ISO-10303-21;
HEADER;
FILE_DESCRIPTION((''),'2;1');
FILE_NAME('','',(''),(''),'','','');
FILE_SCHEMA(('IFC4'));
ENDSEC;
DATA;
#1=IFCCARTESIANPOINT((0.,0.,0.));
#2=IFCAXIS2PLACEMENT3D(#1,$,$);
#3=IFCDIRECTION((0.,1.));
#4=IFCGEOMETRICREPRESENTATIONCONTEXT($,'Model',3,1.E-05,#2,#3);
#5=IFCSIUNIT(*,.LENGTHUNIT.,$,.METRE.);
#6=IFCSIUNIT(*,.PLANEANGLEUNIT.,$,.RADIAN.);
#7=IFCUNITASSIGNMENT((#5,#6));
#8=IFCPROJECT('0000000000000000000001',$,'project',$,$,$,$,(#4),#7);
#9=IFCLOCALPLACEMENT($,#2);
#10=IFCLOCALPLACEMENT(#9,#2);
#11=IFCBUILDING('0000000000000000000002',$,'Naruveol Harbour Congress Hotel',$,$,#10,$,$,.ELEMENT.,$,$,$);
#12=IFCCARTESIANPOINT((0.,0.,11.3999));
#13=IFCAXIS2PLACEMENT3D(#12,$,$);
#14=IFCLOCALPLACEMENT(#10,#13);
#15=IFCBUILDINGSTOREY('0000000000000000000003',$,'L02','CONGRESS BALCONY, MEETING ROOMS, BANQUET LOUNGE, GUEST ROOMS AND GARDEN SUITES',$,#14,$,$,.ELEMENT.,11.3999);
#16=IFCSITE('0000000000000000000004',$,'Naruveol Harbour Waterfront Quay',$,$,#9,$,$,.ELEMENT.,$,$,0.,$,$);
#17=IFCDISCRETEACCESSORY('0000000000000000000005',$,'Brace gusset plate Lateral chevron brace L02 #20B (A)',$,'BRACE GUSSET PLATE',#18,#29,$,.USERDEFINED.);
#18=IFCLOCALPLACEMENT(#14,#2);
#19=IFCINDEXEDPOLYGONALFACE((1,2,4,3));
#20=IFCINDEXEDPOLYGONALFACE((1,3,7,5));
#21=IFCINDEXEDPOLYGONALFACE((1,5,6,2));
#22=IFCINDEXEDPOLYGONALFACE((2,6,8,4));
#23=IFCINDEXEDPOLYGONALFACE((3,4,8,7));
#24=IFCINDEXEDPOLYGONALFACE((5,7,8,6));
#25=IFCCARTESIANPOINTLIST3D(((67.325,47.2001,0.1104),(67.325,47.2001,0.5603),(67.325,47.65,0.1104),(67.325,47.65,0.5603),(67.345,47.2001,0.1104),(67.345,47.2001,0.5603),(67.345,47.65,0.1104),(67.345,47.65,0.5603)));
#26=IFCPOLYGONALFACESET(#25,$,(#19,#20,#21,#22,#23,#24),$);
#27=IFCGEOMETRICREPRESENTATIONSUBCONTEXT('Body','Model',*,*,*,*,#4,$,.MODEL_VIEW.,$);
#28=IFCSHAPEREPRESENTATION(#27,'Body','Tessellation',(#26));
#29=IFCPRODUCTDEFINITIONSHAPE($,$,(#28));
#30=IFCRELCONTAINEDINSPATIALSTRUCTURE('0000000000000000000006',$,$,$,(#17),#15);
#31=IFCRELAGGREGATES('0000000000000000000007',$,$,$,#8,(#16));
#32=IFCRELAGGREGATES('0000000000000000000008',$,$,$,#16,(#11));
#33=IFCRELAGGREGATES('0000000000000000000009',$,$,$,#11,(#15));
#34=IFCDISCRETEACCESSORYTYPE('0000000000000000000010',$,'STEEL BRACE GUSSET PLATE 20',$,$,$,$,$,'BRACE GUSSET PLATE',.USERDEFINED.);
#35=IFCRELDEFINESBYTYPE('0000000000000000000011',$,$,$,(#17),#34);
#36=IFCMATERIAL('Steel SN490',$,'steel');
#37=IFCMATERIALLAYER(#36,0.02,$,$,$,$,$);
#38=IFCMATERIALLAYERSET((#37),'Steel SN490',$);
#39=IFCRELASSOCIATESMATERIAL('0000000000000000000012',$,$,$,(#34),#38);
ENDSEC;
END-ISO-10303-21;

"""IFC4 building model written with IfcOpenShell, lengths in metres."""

from ifc_helpers import new_model, si_unit, direction, frame, origin, origin_2d, place, context, subcontext, project, spatial, rectangle, extrude, material, layer, layer_set, type_object, element, save


model = new_model("IFC4")

# Units and contexts
model_context = context("Model", 3, precision=1e-05, world=origin(), true_north=direction((0.0, 1.0)))
body_context = subcontext(model_context, "Body", "Model", "MODEL_VIEW")
ifc_project = project(units=[si_unit("LENGTHUNIT", "METRE"), si_unit("PLANEANGLEUNIT", "RADIAN")], contexts=[model_context])

# Site, building, storey
site_placement = place(None, origin())
site = spatial("IfcSite", under=ifc_project, at=site_placement, Name="Naruveol Harbour Waterfront Quay", CompositionType="ELEMENT", RefElevation=0.0)
building_placement = place(site_placement, origin())
building = spatial("IfcBuilding", under=site, at=building_placement, Name="Naruveol Harbour Congress Hotel", CompositionType="ELEMENT")
storey_placement = place(building_placement, frame((0.0, 0.0, 11.3999)))
storey = spatial("IfcBuildingStorey", under=building, at=storey_placement, Name="L02", Description="CONGRESS BALCONY, MEETING ROOMS, BANQUET LOUNGE, GUEST ROOMS AND GARDEN SUITES", CompositionType="ELEMENT", Elevation=11.3999)

# Discrete accessory
ifc_material_1 = material(Name="Steel SN490", Category="steel")
ifc_layer_1 = layer(ifc_material_1, 0.02)
ifc_layer_set_1 = layer_set([ifc_layer_1], Name="Steel SN490")
discrete_accessory_type = type_object("IfcDiscreteAccessoryType", Name="STEEL BRACE GUSSET PLATE 20", ElementType="BRACE GUSSET PLATE", PredefinedType="USERDEFINED", material=ifc_layer_set_1)
for number, where, z_axis, x_axis, name in (
    (1, (67.335, 47.425, 0.1104), (0.0, 0.0, 1.0), (0.0, -1.0, 0.0), "Brace gusset plate Lateral chevron brace L02 #20B (A)"),
):
    element("IfcDiscreteAccessory", number, at=place(storey_placement, frame(where, z_axis=z_axis, x_axis=x_axis)), inside=storey, type_object=discrete_accessory_type, Name=name, ObjectType="BRACE GUSSET PLATE", PredefinedType="USERDEFINED", context=body_context, shape_type="SweptSolid", body=[
        extrude(rectangle(XDim=0.45, YDim=0.02, at=origin_2d()), origin(), (0.0, 0.0, 1.0), 0.45),
    ])

save(model, "model.ifc")
